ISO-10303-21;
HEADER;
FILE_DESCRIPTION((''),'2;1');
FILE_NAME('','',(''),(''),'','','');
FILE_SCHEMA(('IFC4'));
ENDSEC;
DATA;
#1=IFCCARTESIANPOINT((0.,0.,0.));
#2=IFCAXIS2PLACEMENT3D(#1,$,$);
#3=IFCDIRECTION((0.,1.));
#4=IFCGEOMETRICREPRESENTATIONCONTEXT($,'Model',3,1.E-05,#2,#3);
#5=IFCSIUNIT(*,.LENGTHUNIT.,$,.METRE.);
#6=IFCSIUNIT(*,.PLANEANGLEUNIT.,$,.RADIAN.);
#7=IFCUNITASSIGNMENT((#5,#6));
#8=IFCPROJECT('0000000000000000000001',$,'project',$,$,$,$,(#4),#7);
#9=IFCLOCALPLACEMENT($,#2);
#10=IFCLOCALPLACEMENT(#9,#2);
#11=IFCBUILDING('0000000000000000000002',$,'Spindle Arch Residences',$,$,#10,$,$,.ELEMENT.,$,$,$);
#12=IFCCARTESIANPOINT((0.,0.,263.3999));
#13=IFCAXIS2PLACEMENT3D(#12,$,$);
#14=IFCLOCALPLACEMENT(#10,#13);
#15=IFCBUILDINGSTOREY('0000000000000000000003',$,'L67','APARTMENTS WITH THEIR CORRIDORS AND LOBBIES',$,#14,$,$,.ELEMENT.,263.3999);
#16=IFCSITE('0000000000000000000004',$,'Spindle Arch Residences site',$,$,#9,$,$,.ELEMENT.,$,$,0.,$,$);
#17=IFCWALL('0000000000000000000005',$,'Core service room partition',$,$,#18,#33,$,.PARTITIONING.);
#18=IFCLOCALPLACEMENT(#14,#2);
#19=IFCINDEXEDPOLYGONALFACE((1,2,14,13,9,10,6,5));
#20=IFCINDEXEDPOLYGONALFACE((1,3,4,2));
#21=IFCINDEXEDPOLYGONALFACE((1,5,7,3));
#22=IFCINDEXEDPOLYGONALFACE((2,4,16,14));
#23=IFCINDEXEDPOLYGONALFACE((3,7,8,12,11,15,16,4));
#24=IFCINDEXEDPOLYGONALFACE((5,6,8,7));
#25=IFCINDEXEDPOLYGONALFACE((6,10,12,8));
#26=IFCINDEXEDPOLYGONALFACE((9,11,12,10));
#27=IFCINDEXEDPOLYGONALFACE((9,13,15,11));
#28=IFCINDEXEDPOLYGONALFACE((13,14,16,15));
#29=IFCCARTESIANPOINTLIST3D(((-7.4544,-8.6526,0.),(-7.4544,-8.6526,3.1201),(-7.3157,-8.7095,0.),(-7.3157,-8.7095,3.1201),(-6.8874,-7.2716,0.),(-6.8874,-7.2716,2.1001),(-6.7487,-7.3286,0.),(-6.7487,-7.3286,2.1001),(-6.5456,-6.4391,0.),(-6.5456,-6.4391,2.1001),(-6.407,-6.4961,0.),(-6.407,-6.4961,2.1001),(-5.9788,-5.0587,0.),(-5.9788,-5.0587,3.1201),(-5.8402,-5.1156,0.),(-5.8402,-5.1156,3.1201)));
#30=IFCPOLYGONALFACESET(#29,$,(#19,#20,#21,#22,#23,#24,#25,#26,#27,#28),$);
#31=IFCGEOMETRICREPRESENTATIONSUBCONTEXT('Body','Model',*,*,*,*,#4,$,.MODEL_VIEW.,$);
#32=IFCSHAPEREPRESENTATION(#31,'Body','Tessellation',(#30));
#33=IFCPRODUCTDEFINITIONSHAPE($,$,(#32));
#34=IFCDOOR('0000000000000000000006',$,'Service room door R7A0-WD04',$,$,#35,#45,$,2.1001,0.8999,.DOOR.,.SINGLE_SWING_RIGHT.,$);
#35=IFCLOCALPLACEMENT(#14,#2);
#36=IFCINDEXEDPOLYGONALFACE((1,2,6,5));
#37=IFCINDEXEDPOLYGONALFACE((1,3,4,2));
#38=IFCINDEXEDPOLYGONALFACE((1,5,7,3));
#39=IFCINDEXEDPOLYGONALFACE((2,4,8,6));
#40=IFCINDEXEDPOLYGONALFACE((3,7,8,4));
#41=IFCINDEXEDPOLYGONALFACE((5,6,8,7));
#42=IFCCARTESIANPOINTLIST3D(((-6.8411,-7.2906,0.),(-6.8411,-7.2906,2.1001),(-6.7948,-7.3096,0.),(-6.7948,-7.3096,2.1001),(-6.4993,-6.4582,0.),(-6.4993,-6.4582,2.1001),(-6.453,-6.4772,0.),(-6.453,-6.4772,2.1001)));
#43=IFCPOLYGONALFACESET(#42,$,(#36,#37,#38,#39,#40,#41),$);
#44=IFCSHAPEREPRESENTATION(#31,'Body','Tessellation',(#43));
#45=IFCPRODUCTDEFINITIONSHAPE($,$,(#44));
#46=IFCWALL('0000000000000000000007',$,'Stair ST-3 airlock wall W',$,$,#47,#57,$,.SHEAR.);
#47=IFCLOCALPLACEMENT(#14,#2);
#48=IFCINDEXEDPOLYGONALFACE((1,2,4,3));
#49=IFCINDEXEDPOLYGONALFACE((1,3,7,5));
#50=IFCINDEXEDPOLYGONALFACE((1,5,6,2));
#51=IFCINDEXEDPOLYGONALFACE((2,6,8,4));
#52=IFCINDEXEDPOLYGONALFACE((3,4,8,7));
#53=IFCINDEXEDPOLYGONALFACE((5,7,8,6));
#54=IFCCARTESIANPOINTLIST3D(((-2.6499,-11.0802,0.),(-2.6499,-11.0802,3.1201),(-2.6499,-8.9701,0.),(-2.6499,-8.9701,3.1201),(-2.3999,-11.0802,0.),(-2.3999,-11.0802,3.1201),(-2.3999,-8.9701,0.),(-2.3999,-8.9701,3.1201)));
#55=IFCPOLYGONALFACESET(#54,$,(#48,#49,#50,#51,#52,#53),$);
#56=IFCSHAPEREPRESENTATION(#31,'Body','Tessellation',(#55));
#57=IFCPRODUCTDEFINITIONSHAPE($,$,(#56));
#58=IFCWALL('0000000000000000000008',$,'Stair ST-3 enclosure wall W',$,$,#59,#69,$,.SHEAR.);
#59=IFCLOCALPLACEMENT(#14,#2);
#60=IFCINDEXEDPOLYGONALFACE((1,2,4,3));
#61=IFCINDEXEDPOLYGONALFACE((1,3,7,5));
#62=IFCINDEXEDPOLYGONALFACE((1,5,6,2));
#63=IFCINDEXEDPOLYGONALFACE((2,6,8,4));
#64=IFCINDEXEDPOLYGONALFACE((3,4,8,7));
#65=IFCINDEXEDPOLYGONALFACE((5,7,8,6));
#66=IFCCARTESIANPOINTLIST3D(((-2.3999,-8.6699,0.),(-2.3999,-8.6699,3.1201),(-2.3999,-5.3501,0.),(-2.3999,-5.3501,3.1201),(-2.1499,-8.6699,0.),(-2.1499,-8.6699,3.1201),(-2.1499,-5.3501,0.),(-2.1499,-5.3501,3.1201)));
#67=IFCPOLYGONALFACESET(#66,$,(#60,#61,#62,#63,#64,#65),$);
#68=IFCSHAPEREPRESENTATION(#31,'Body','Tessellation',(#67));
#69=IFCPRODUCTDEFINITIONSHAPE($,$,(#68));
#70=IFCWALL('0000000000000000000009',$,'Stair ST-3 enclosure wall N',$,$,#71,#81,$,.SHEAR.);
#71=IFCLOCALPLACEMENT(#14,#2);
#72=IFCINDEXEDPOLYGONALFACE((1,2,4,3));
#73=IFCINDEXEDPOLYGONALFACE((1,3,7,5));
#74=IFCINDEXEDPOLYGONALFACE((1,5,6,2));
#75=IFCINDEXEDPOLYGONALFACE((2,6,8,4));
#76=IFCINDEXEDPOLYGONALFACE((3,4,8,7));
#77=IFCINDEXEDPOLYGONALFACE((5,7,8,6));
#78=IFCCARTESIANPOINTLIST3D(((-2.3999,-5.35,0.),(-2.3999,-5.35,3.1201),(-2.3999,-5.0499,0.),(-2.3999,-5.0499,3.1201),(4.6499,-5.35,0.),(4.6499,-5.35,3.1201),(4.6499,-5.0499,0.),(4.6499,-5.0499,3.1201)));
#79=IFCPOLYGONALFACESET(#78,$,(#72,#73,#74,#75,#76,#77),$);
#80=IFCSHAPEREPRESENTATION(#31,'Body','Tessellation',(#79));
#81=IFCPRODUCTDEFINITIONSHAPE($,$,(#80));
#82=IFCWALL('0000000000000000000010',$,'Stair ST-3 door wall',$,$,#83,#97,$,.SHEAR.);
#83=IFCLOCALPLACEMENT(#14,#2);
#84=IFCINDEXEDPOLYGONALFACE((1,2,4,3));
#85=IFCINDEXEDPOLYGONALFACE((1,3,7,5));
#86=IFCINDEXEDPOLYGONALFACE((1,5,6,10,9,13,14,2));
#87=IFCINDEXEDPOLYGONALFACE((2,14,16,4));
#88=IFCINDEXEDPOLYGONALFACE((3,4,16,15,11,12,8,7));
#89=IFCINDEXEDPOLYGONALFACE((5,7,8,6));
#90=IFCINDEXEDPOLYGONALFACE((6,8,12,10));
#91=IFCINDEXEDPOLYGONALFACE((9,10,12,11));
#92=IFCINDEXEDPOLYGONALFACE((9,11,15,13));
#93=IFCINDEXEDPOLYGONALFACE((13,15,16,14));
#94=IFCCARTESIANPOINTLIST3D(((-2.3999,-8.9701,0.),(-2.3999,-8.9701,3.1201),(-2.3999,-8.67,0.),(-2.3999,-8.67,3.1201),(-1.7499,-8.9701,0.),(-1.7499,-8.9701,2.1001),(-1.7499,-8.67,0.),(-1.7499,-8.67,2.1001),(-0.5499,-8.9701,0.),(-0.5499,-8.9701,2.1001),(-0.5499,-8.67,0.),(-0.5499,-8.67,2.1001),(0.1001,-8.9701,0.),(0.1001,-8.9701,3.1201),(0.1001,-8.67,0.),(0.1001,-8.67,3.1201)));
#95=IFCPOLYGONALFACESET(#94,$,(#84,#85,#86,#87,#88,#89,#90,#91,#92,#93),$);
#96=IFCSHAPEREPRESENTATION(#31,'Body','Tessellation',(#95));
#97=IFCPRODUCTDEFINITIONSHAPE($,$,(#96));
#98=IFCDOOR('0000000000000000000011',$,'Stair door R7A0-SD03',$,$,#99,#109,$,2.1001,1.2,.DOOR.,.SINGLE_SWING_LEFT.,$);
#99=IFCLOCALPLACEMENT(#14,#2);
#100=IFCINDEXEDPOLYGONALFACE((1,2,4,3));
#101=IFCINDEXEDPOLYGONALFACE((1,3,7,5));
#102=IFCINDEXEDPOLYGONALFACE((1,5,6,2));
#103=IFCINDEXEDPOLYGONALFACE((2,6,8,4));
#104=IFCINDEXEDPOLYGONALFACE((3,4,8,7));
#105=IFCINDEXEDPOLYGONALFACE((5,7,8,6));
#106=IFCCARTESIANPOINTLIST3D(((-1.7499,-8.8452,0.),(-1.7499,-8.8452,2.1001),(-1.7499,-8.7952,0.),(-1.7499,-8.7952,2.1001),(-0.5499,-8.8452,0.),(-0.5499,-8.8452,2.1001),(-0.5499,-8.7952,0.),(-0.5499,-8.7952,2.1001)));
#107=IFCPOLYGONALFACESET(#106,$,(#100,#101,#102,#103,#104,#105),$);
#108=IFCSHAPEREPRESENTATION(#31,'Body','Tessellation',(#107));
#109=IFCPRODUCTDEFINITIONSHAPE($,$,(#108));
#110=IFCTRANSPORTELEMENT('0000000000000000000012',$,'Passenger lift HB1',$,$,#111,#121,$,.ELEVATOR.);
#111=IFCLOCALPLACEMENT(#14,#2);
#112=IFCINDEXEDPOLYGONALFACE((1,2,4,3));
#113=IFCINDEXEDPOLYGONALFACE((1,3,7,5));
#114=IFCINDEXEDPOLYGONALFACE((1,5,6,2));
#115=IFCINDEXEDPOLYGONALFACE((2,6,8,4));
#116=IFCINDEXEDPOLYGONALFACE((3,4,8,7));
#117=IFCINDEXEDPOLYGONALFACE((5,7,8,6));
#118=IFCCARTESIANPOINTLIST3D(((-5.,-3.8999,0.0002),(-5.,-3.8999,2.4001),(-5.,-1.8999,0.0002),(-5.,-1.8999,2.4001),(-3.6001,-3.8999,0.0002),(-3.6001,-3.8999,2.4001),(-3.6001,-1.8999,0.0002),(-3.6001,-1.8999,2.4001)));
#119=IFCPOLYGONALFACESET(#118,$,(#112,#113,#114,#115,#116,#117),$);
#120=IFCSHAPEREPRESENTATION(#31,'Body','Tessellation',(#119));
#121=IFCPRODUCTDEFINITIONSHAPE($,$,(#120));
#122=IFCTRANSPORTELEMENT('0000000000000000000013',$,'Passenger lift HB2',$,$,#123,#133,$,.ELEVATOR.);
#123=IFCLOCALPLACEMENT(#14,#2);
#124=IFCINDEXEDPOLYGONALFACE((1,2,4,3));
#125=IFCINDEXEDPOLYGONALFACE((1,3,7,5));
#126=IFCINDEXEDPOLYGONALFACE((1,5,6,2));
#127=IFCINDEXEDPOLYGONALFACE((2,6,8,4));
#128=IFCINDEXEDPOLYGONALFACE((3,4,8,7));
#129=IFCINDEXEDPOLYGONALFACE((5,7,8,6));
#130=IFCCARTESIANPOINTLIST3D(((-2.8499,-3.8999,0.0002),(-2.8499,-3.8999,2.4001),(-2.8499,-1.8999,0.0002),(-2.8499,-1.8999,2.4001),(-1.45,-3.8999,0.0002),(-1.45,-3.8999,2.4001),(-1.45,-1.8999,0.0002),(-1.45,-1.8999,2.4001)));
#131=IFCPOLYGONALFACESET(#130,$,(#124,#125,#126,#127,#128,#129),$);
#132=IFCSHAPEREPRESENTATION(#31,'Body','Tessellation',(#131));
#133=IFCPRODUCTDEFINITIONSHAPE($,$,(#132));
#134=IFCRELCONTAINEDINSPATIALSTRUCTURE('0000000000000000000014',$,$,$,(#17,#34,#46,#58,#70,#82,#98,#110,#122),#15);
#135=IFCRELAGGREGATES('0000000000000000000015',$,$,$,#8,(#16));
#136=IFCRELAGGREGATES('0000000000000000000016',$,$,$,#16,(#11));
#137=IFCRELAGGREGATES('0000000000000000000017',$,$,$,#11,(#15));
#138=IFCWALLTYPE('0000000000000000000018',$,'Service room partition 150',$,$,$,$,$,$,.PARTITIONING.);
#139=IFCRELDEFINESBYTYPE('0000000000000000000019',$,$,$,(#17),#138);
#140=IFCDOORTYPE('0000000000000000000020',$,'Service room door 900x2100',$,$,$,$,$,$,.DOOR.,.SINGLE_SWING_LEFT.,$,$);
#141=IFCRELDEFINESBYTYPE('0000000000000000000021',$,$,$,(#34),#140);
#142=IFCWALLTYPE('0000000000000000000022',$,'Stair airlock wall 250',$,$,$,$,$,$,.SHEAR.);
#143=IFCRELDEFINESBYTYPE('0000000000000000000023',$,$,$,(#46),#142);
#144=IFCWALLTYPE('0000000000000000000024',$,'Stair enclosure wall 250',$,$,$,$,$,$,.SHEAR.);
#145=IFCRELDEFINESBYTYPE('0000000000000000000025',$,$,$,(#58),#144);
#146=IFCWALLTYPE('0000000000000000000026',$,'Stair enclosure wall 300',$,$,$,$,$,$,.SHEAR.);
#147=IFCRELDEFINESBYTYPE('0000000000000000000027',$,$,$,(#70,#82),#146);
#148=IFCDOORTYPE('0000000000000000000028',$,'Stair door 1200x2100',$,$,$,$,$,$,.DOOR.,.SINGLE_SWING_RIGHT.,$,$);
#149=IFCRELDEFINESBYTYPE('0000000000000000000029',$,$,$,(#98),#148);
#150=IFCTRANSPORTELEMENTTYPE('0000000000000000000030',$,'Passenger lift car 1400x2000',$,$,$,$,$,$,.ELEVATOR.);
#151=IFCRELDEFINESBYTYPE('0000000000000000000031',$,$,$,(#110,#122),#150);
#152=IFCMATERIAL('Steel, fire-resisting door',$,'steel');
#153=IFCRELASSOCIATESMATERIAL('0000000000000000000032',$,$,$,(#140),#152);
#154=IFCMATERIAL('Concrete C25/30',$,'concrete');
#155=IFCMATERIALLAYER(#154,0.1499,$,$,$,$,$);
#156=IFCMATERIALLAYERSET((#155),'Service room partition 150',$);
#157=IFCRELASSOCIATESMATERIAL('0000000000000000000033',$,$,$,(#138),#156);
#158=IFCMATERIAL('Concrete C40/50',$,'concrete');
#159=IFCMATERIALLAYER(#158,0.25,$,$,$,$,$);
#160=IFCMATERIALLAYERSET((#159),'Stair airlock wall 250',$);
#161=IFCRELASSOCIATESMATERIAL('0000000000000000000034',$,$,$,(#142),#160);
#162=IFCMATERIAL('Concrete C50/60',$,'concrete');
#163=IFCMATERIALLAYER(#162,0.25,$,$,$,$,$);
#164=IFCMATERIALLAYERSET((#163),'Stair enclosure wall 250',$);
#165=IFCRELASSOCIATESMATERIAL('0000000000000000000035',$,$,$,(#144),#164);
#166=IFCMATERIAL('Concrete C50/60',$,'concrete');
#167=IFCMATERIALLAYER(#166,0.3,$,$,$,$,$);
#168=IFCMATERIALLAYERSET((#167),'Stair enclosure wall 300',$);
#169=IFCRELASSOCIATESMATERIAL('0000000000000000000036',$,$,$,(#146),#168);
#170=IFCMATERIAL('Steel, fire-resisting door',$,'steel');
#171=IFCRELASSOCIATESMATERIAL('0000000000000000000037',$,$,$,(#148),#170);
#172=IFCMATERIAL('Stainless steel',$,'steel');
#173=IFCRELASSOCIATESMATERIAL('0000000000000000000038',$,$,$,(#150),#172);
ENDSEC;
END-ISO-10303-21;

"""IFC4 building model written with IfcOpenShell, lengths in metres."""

from ifc_helpers import new_model, si_unit, direction, frame, frame_2d, origin, origin_2d, place, context, subcontext, project, spatial, rectangle, extrude, material, layer, layer_set, type_object, element, fill, save


model = new_model("IFC4")

# Units and contexts
model_context = context("Model", 3, precision=1e-05, world=origin(), true_north=direction((0.0, 1.0)))
body_context = subcontext(model_context, "Body", "Model", "MODEL_VIEW")
ifc_project = project(units=[si_unit("LENGTHUNIT", "METRE"), si_unit("PLANEANGLEUNIT", "RADIAN")], contexts=[model_context])

# Site, building, storey
site_placement = place(None, origin())
site = spatial("IfcSite", under=ifc_project, at=site_placement, Name="Spindle Arch Residences site", CompositionType="ELEMENT", RefElevation=0.0)
building_placement = place(site_placement, origin())
building = spatial("IfcBuilding", under=site, at=building_placement, Name="Spindle Arch Residences", CompositionType="ELEMENT")
storey_placement = place(building_placement, frame((0.0, 0.0, 263.3999)))
storey = spatial("IfcBuildingStorey", under=building, at=storey_placement, Name="L67", Description="APARTMENTS WITH THEIR CORRIDORS AND LOBBIES", CompositionType="ELEMENT", Elevation=263.3999)

# Shared definitions
ifc_material_1 = material(Name="Steel, fire-resisting door", Category="steel")
door_type_1 = type_object("IfcDoorType", Name="Service room door 900x2100", OperationType="SINGLE_SWING_LEFT", PredefinedType="DOOR", material=ifc_material_1)

# Wall, opening, door
ifc_material_2 = material(Name="Concrete C25/30", Category="concrete")
ifc_layer_1 = layer(ifc_material_2, 0.1499)
ifc_layer_set_1 = layer_set([ifc_layer_1], Name="Service room partition 150")
wall_type_1 = type_object("IfcWallType", Name="Service room partition 150", PredefinedType="PARTITIONING", material=ifc_layer_set_1)
wall_1_placement = place(storey_placement, frame((-7.385, -8.6809, 0.0), z_axis=(0.0, 0.0, 1.0), x_axis=(0.379805, 0.925067, 0.0)))
wall_1 = element("IfcWall", 1, at=wall_1_placement, inside=storey, type_object=wall_type_1, Name="Core service room partition", PredefinedType="PARTITIONING", context=body_context, shape_type="SweptSolid", body=[
    extrude(rectangle(XDim=3.885, YDim=0.1499, at=frame_2d((1.9424, 0.0))), origin(), (0.0, 0.0, 1.0), 3.1201),
])
opening_1_placement = place(wall_1_placement, frame((1.4927, 0.0, 0.0)))
opening_1 = element("IfcOpeningElement", 2, at=opening_1_placement, cuts=wall_1, PredefinedType="OPENING", context=body_context, shape_type="SweptSolid", body=[
    extrude(rectangle(XDim=0.8999, YDim=2.1001, at=frame_2d((0.45, 1.05))), frame((0.0, 0.085, 0.0), z_axis=(0.0, -1.0, 0.0), x_axis=(1.0, 0.0, 0.0)), (0.0, 0.0, 1.0), 0.1699),
])
door_1_placement = place(opening_1_placement, origin())
door_1 = element("IfcDoor", 3, at=door_1_placement, inside=storey, type_object=door_type_1, Name="Service room door R7A0-WD04", OperationType="SINGLE_SWING_RIGHT", OverallHeight=2.1001, OverallWidth=0.8999, PredefinedType="DOOR", context=body_context, shape_type="SweptSolid", body=[
    extrude(rectangle(XDim=0.8999, YDim=2.1001, at=frame_2d((0.45, 1.05))), frame((0.0, 0.0249, 0.0), z_axis=(0.0, -1.0, 0.0), x_axis=(1.0, 0.0, 0.0)), (0.0, 0.0, 1.0), 0.05),
])
fill(opening_1, door_1)

# Walls
ifc_material_3 = material(Name="Concrete C40/50", Category="concrete")
ifc_layer_2 = layer(ifc_material_3, 0.25)
ifc_layer_set_2 = layer_set([ifc_layer_2], Name="Stair airlock wall 250")
wall_type_2 = type_object("IfcWallType", Name="Stair airlock wall 250", PredefinedType="SHEAR", material=ifc_layer_set_2)
wall_2_placement = place(storey_placement, frame((-2.5249, -8.97, 0.0), z_axis=(0.0, 0.0, 1.0), x_axis=(0.0, -1.0, 0.0)))
element("IfcWall", 4, at=wall_2_placement, inside=storey, type_object=wall_type_2, Name="Stair ST-3 airlock wall W", PredefinedType="SHEAR", context=body_context, shape_type="SweptSolid", body=[
    extrude(rectangle(XDim=2.1101, YDim=0.25, at=frame_2d((1.0552, 0.0))), origin(), (0.0, 0.0, 1.0), 3.1201),
])
ifc_material_4 = material(Name="Concrete C50/60", Category="concrete")
ifc_layer_3 = layer(ifc_material_4, 0.25)
ifc_layer_set_3 = layer_set([ifc_layer_3], Name="Stair enclosure wall 250")
wall_type_3 = type_object("IfcWallType", Name="Stair enclosure wall 250", PredefinedType="SHEAR", material=ifc_layer_set_3)
wall_3_placement = place(storey_placement, frame((-2.2749, -8.6699, 0.0), z_axis=(0.0, 0.0, 1.0), x_axis=(0.0, 1.0, 0.0)))
element("IfcWall", 5, at=wall_3_placement, inside=storey, type_object=wall_type_3, Name="Stair ST-3 enclosure wall W", PredefinedType="SHEAR", context=body_context, shape_type="SweptSolid", body=[
    extrude(rectangle(XDim=3.3198, YDim=0.25, at=frame_2d((1.6599, 0.0))), origin(), (0.0, 0.0, 1.0), 3.1201),
])
ifc_material_5 = material(Name="Concrete C50/60", Category="concrete")
ifc_layer_4 = layer(ifc_material_5, 0.3)
ifc_layer_set_4 = layer_set([ifc_layer_4], Name="Stair enclosure wall 300")
wall_type_4 = type_object("IfcWallType", Name="Stair enclosure wall 300", PredefinedType="SHEAR", material=ifc_layer_set_4)
wall_4_placement = place(storey_placement, frame((-2.3999, -5.2, 0.0), z_axis=(0.0, 0.0, 1.0), x_axis=(1.0, 0.0, 0.0)))
element("IfcWall", 6, at=wall_4_placement, inside=storey, type_object=wall_type_4, Name="Stair ST-3 enclosure wall N", PredefinedType="SHEAR", context=body_context, shape_type="SweptSolid", body=[
    extrude(rectangle(XDim=7.0498, YDim=0.3, at=frame_2d((3.5249, 0.0))), origin(), (0.0, 0.0, 1.0), 3.1201),
])

# Wall, opening, door
wall_5_placement = place(storey_placement, frame((-2.3999, -8.8201, 0.0), z_axis=(0.0, 0.0, 1.0), x_axis=(1.0, 0.0, 0.0)))
wall_5 = element("IfcWall", 7, at=wall_5_placement, inside=storey, type_object=wall_type_4, Name="Stair ST-3 door wall", PredefinedType="SHEAR", context=body_context, shape_type="SweptSolid", body=[
    extrude(rectangle(XDim=2.5, YDim=0.3, at=frame_2d((1.25, 0.0))), origin(), (0.0, 0.0, 1.0), 3.1201),
])
opening_2_placement = place(wall_5_placement, frame((0.6499, 0.0, 0.0)))
opening_2 = element("IfcOpeningElement", 8, at=opening_2_placement, cuts=wall_5, PredefinedType="OPENING", context=body_context, shape_type="SweptSolid", body=[
    extrude(rectangle(XDim=1.2, YDim=2.1001, at=frame_2d((0.6001, 1.05))), frame((0.0, 0.1602, 0.0), z_axis=(0.0, -1.0, 0.0), x_axis=(1.0, 0.0, 0.0)), (0.0, 0.0, 1.0), 0.3201),
])
ifc_material_6 = material(Name="Steel, fire-resisting door", Category="steel")
door_type_2 = type_object("IfcDoorType", Name="Stair door 1200x2100", OperationType="SINGLE_SWING_RIGHT", PredefinedType="DOOR", material=ifc_material_6)
door_2_placement = place(opening_2_placement, origin())
door_2 = element("IfcDoor", 9, at=door_2_placement, inside=storey, type_object=door_type_2, Name="Stair door R7A0-SD03", OperationType="SINGLE_SWING_LEFT", OverallHeight=2.1001, OverallWidth=1.2, PredefinedType="DOOR", context=body_context, shape_type="SweptSolid", body=[
    extrude(rectangle(XDim=1.2, YDim=2.1001, at=frame_2d((0.6001, 1.05))), frame((0.0, 0.0249, 0.0), z_axis=(0.0, -1.0, 0.0), x_axis=(1.0, 0.0, 0.0)), (0.0, 0.0, 1.0), 0.05),
])
fill(opening_2, door_2)

# Transport elements
ifc_material_7 = material(Name="Stainless steel", Category="steel")
transport_element_type = type_object("IfcTransportElementType", Name="Passenger lift car 1400x2000", PredefinedType="ELEVATOR", material=ifc_material_7)
for number, where, z_axis, x_axis, name in (
    (10, (-4.3, -2.8999, 0.0002), (0.0, 0.0, 1.0), (1.0, 0.0, 0.0), "Passenger lift HB1"),
    (11, (-2.1499, -2.8999, 0.0002), (0.0, 0.0, 1.0), (1.0, 0.0, 0.0), "Passenger lift HB2"),
):
    element("IfcTransportElement", number, at=place(storey_placement, frame(where, z_axis=z_axis, x_axis=x_axis)), inside=storey, type_object=transport_element_type, Name=name, PredefinedType="ELEVATOR", context=body_context, shape_type="SweptSolid", body=[
        extrude(rectangle(XDim=1.3999, YDim=2.0, at=origin_2d()), origin(), (0.0, 0.0, 1.0), 2.3999),
    ])

save(model, "model.ifc")
